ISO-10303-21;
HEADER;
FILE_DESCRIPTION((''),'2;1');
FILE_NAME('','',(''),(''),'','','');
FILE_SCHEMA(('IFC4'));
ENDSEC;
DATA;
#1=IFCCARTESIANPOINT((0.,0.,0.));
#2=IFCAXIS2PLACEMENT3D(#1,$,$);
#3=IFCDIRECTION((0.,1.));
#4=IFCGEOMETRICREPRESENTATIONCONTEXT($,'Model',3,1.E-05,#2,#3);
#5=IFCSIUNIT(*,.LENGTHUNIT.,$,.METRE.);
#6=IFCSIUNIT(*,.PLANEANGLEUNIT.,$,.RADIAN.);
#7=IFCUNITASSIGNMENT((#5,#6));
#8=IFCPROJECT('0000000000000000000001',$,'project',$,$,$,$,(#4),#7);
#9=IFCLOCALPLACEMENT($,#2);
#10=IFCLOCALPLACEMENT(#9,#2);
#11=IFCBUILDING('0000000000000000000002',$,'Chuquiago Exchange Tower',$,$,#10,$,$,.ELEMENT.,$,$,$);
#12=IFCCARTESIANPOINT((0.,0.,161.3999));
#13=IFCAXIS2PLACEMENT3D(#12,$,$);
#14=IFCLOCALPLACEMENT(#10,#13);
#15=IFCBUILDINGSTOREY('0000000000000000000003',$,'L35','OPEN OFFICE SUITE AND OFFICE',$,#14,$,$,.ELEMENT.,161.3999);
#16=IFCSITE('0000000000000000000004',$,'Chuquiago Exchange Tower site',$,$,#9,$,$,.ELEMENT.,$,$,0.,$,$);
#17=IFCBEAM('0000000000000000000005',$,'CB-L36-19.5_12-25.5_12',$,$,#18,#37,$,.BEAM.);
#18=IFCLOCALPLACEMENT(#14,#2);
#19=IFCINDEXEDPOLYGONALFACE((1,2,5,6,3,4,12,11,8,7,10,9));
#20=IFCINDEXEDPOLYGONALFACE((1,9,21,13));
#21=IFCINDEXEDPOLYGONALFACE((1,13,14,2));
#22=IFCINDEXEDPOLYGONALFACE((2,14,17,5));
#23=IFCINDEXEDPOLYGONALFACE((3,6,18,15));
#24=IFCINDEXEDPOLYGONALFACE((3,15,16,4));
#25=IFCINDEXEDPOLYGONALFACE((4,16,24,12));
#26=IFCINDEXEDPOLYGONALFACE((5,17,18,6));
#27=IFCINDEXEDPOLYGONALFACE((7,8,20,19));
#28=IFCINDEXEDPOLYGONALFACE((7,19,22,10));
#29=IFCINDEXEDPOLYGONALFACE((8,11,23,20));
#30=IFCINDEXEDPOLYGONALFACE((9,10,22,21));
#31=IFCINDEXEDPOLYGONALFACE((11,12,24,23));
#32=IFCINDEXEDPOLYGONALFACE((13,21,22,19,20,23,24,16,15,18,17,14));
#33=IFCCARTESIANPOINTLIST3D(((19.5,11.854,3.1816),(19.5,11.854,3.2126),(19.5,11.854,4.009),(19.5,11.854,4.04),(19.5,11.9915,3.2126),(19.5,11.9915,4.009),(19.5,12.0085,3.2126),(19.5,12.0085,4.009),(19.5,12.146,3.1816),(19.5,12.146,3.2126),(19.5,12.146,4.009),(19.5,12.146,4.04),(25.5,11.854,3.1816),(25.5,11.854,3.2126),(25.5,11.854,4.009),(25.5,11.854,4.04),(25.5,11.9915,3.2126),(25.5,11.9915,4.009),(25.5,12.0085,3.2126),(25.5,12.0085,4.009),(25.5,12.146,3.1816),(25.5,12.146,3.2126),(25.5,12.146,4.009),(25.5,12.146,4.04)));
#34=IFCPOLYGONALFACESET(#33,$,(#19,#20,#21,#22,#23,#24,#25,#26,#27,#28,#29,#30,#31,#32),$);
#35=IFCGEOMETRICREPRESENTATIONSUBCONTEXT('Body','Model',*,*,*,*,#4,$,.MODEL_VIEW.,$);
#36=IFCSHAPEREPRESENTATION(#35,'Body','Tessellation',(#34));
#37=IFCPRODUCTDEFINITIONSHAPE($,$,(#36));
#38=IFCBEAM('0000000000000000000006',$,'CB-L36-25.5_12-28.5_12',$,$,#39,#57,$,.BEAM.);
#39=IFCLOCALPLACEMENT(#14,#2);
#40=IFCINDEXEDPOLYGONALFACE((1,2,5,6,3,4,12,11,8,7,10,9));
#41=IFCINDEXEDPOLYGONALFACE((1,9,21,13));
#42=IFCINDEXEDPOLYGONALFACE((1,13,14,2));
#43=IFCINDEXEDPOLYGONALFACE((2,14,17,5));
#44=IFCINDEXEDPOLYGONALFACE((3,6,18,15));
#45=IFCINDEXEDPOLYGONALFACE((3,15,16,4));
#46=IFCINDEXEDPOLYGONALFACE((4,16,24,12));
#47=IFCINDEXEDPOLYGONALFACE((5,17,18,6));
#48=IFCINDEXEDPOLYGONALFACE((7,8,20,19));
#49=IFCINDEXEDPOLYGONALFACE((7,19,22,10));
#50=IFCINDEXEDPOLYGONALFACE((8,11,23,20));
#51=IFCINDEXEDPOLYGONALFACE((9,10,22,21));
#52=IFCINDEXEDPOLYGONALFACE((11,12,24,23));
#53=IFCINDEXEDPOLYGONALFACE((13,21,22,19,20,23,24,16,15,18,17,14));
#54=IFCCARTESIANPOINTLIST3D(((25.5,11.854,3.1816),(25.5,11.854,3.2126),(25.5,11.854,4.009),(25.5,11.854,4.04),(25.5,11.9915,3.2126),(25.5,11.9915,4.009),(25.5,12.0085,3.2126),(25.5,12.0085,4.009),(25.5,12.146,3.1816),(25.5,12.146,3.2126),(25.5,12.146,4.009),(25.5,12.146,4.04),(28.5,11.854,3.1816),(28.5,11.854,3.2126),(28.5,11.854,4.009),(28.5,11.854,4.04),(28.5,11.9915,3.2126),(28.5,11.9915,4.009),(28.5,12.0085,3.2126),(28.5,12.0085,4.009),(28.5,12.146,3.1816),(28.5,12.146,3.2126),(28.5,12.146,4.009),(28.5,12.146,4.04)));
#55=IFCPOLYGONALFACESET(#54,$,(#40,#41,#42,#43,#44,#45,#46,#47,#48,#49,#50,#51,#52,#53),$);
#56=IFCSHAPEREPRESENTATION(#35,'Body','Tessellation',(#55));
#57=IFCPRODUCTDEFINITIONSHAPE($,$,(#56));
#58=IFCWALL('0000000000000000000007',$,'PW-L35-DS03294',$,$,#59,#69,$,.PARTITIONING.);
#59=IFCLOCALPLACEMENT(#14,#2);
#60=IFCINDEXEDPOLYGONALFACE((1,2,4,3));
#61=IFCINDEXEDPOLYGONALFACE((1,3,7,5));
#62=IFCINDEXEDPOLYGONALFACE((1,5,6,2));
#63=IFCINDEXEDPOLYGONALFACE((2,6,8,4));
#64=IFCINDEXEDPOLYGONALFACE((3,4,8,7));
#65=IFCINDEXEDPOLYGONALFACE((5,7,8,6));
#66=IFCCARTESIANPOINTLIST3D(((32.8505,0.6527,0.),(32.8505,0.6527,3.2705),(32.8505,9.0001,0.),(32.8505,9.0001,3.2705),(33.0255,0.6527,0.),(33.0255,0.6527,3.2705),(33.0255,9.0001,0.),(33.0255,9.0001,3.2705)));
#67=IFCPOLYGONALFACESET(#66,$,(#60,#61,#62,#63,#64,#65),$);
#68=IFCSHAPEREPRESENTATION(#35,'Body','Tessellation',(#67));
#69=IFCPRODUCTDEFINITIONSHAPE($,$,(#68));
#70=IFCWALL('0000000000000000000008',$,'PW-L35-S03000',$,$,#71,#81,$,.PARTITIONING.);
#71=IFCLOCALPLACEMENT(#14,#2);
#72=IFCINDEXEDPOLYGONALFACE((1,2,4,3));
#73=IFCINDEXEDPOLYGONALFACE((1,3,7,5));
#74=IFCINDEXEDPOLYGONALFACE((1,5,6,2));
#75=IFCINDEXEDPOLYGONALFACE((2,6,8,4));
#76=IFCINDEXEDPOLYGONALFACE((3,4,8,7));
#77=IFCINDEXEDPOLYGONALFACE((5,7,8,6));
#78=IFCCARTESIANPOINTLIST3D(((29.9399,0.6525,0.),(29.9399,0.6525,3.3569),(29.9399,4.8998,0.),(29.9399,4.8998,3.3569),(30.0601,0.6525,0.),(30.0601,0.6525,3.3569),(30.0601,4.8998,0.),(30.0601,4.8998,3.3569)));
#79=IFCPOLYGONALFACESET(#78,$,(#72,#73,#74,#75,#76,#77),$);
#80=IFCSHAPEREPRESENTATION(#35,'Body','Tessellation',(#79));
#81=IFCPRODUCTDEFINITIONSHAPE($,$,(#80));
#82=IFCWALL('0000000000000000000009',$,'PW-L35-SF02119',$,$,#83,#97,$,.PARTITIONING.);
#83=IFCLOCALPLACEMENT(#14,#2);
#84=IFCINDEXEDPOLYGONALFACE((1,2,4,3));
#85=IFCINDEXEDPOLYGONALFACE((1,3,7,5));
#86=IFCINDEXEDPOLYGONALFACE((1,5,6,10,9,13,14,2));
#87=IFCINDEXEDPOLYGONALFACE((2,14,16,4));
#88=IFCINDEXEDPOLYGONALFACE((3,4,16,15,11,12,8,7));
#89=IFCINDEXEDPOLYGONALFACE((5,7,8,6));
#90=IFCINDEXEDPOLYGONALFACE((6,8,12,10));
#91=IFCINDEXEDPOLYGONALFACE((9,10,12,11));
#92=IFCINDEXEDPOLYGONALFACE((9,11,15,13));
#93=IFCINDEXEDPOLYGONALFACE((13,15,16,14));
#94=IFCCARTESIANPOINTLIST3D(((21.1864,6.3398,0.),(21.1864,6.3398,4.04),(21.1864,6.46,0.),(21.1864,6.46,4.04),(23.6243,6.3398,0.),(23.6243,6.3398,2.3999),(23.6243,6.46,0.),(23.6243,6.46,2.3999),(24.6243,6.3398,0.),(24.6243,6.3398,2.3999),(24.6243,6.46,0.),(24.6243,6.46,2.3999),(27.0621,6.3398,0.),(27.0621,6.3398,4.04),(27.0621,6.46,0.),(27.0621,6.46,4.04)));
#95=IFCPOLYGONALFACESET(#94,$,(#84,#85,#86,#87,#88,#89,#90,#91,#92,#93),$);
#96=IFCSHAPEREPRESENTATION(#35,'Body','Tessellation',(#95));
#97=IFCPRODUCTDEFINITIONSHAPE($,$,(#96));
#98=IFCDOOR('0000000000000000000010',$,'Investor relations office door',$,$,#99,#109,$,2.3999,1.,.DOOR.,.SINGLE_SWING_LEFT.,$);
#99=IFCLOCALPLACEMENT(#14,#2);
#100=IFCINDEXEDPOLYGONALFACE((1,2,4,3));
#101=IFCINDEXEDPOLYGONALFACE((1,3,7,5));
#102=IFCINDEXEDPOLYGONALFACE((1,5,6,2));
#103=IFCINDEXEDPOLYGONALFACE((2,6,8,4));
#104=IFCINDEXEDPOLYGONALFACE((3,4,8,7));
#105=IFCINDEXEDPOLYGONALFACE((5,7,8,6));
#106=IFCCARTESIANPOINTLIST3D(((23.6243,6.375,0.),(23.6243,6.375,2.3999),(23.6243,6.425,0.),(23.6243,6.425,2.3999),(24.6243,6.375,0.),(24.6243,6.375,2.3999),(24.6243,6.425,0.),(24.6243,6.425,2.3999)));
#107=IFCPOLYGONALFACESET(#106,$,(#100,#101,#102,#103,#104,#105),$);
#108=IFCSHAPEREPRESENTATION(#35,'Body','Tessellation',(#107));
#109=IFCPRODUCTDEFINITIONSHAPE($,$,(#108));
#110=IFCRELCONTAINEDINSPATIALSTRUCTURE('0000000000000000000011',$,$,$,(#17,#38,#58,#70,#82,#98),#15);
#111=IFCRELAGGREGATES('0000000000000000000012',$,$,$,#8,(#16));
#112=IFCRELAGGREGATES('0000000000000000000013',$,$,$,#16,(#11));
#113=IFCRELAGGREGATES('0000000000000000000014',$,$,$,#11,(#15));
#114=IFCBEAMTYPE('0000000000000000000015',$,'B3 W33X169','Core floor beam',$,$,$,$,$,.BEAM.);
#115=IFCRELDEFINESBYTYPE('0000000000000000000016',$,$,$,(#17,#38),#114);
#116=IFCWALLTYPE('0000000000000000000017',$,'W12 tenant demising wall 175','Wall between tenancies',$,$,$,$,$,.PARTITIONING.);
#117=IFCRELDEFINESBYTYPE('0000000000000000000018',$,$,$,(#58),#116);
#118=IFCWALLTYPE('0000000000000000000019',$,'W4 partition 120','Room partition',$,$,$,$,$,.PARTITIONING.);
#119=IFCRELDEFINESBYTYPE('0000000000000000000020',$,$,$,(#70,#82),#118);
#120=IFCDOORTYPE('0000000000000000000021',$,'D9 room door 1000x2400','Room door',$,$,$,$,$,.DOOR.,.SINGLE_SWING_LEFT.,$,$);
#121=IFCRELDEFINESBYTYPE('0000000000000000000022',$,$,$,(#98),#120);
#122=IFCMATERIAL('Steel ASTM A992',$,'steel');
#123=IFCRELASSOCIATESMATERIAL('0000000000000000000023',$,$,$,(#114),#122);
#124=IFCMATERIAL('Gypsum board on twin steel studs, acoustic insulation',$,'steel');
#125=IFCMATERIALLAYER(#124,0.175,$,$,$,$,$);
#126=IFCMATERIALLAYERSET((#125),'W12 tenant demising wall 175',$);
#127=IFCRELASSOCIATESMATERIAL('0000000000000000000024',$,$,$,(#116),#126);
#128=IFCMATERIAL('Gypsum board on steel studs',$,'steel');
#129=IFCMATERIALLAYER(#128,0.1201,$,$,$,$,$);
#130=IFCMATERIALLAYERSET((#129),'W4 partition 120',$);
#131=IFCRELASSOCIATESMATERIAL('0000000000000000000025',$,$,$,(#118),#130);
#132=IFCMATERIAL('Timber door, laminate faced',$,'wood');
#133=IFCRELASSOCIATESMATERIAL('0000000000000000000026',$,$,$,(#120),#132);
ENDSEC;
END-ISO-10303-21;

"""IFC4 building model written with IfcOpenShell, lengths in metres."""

from ifc_helpers import new_model, si_unit, direction, frame, frame_2d, origin, origin_2d, place, context, subcontext, project, spatial, rectangle, i_section, extrude, material, layer, layer_set, material_profile, profile_set, type_object, element, fill, save


model = new_model("IFC4")

# Units and contexts
model_context = context("Model", 3, precision=1e-05, world=origin(), true_north=direction((0.0, 1.0)))
body_context = subcontext(model_context, "Body", "Model", "MODEL_VIEW")
ifc_project = project(units=[si_unit("LENGTHUNIT", "METRE"), si_unit("PLANEANGLEUNIT", "RADIAN")], contexts=[model_context])

# Site, building, storey
site_placement = place(None, origin())
site = spatial("IfcSite", under=ifc_project, at=site_placement, Name="Chuquiago Exchange Tower site", CompositionType="ELEMENT", RefElevation=0.0)
building_placement = place(site_placement, origin())
building = spatial("IfcBuilding", under=site, at=building_placement, Name="Chuquiago Exchange Tower", CompositionType="ELEMENT")
storey_placement = place(building_placement, frame((0.0, 0.0, 161.3999)))
storey = spatial("IfcBuildingStorey", under=building, at=storey_placement, Name="L35", Description="OPEN OFFICE SUITE AND OFFICE", CompositionType="ELEMENT", Elevation=161.3999)

# Beams
ifc_material_1 = material(Name="Steel ASTM A992", Category="steel")
ifc_material_profile_1 = material_profile(ifc_material_1, i_section(OverallWidth=0.292, OverallDepth=0.8584, WebThickness=0.0171, FlangeThickness=0.031, at=origin_2d()), Name="W33X169")
ifc_profile_set_1 = profile_set([ifc_material_profile_1], Name="Steel ASTM A992")
beam_type_1 = type_object("IfcBeamType", Name="B3 W33X169", Description="Core floor beam", PredefinedType="BEAM", material=ifc_profile_set_1)
beam_1_placement = place(storey_placement, frame((19.5, 12.0, 3.6108), z_axis=(1.0, 0.0, 0.0), x_axis=(0.0, 1.0, 0.0)))
element("IfcBeam", 1, at=beam_1_placement, inside=storey, type_object=beam_type_1, Name="CB-L36-19.5_12-25.5_12", PredefinedType="BEAM", context=body_context, shape_type="SweptSolid", body=[
    extrude(i_section(OverallWidth=0.292, OverallDepth=0.8584, WebThickness=0.0171, FlangeThickness=0.031, at=origin_2d()), origin(), (0.0, 0.0, 1.0), 6.0),
])
beam_2_placement = place(storey_placement, frame((25.5, 12.0, 3.6108), z_axis=(1.0, 0.0, 0.0), x_axis=(0.0, 1.0, 0.0)))
element("IfcBeam", 2, at=beam_2_placement, inside=storey, type_object=beam_type_1, Name="CB-L36-25.5_12-28.5_12", PredefinedType="BEAM", context=body_context, shape_type="SweptSolid", body=[
    extrude(i_section(OverallWidth=0.292, OverallDepth=0.8584, WebThickness=0.0171, FlangeThickness=0.031, at=origin_2d()), origin(), (0.0, 0.0, 1.0), 3.0),
])

# Walls
ifc_material_2 = material(Name="Gypsum board on twin steel studs, acoustic insulation", Category="steel")
ifc_layer_1 = layer(ifc_material_2, 0.175)
ifc_layer_set_1 = layer_set([ifc_layer_1], Name="W12 tenant demising wall 175")
wall_type_1 = type_object("IfcWallType", Name="W12 tenant demising wall 175", Description="Wall between tenancies", PredefinedType="PARTITIONING", material=ifc_layer_set_1)
wall_1_placement = place(storey_placement, frame((32.938, 0.6526, 0.0), z_axis=(0.0, 0.0, 1.0), x_axis=(0.0, 1.0, 0.0)))
element("IfcWall", 3, at=wall_1_placement, inside=storey, type_object=wall_type_1, Name="PW-L35-DS03294", PredefinedType="PARTITIONING", context=body_context, shape_type="SweptSolid", body=[
    extrude(rectangle(XDim=8.3474, YDim=0.175, at=frame_2d((4.1738, 0.0))), origin(), (0.0, 0.0, 1.0), 3.2705),
])
ifc_material_3 = material(Name="Gypsum board on steel studs", Category="steel")
ifc_layer_2 = layer(ifc_material_3, 0.1201)
ifc_layer_set_2 = layer_set([ifc_layer_2], Name="W4 partition 120")
wall_type_2 = type_object("IfcWallType", Name="W4 partition 120", Description="Room partition", PredefinedType="PARTITIONING", material=ifc_layer_set_2)
wall_2_placement = place(storey_placement, frame((30.0, 0.6526, 0.0), z_axis=(0.0, 0.0, 1.0), x_axis=(0.0, 1.0, 0.0)))
element("IfcWall", 4, at=wall_2_placement, inside=storey, type_object=wall_type_2, Name="PW-L35-S03000", PredefinedType="PARTITIONING", context=body_context, shape_type="SweptSolid", body=[
    extrude(rectangle(XDim=4.2473, YDim=0.1201, at=frame_2d((2.1235, 0.0))), origin(), (0.0, 0.0, 1.0), 3.3569),
])

# Wall, opening, door
wall_3_placement = place(storey_placement, frame((21.1863, 6.3999, 0.0), z_axis=(0.0, 0.0, 1.0), x_axis=(1.0, 0.0, 0.0)))
wall_3 = element("IfcWall", 5, at=wall_3_placement, inside=storey, type_object=wall_type_2, Name="PW-L35-SF02119", PredefinedType="PARTITIONING", context=body_context, shape_type="SweptSolid", body=[
    extrude(rectangle(XDim=5.8757, YDim=0.1201, at=frame_2d((2.938, 0.0))), origin(), (0.0, 0.0, 1.0), 4.04),
])
opening_1_placement = place(wall_3_placement, frame((2.438, 0.0, 0.0)))
opening_1 = element("IfcOpeningElement", 6, at=opening_1_placement, cuts=wall_3, PredefinedType="OPENING", context=body_context, shape_type="SweptSolid", body=[
    extrude(rectangle(XDim=1.0, YDim=2.3999, at=frame_2d((0.5, 1.2))), frame((0.0, 0.0701, 0.0), z_axis=(0.0, -1.0, 0.0), x_axis=(1.0, 0.0, 0.0)), (0.0, 0.0, 1.0), 0.1401),
])
ifc_material_4 = material(Name="Timber door, laminate faced", Category="wood")
door_type = type_object("IfcDoorType", Name="D9 room door 1000x2400", Description="Room door", OperationType="SINGLE_SWING_LEFT", PredefinedType="DOOR", material=ifc_material_4)
door_1_placement = place(opening_1_placement, frame((1.0, 0.0, 0.0), z_axis=(0.0, 0.0, 1.0), x_axis=(-1.0, 0.0, 0.0)))
door_1 = element("IfcDoor", 7, at=door_1_placement, inside=storey, type_object=door_type, Name="Investor relations office door", OperationType="SINGLE_SWING_LEFT", OverallHeight=2.3999, OverallWidth=1.0, PredefinedType="DOOR", context=body_context, shape_type="SweptSolid", body=[
    extrude(rectangle(XDim=1.0, YDim=2.3999, at=frame_2d((0.5, 1.2))), frame((0.0, 0.0249, 0.0), z_axis=(0.0, -1.0, 0.0), x_axis=(1.0, 0.0, 0.0)), (0.0, 0.0, 1.0), 0.05),
])
fill(opening_1, door_1)

save(model, "model.ifc")
